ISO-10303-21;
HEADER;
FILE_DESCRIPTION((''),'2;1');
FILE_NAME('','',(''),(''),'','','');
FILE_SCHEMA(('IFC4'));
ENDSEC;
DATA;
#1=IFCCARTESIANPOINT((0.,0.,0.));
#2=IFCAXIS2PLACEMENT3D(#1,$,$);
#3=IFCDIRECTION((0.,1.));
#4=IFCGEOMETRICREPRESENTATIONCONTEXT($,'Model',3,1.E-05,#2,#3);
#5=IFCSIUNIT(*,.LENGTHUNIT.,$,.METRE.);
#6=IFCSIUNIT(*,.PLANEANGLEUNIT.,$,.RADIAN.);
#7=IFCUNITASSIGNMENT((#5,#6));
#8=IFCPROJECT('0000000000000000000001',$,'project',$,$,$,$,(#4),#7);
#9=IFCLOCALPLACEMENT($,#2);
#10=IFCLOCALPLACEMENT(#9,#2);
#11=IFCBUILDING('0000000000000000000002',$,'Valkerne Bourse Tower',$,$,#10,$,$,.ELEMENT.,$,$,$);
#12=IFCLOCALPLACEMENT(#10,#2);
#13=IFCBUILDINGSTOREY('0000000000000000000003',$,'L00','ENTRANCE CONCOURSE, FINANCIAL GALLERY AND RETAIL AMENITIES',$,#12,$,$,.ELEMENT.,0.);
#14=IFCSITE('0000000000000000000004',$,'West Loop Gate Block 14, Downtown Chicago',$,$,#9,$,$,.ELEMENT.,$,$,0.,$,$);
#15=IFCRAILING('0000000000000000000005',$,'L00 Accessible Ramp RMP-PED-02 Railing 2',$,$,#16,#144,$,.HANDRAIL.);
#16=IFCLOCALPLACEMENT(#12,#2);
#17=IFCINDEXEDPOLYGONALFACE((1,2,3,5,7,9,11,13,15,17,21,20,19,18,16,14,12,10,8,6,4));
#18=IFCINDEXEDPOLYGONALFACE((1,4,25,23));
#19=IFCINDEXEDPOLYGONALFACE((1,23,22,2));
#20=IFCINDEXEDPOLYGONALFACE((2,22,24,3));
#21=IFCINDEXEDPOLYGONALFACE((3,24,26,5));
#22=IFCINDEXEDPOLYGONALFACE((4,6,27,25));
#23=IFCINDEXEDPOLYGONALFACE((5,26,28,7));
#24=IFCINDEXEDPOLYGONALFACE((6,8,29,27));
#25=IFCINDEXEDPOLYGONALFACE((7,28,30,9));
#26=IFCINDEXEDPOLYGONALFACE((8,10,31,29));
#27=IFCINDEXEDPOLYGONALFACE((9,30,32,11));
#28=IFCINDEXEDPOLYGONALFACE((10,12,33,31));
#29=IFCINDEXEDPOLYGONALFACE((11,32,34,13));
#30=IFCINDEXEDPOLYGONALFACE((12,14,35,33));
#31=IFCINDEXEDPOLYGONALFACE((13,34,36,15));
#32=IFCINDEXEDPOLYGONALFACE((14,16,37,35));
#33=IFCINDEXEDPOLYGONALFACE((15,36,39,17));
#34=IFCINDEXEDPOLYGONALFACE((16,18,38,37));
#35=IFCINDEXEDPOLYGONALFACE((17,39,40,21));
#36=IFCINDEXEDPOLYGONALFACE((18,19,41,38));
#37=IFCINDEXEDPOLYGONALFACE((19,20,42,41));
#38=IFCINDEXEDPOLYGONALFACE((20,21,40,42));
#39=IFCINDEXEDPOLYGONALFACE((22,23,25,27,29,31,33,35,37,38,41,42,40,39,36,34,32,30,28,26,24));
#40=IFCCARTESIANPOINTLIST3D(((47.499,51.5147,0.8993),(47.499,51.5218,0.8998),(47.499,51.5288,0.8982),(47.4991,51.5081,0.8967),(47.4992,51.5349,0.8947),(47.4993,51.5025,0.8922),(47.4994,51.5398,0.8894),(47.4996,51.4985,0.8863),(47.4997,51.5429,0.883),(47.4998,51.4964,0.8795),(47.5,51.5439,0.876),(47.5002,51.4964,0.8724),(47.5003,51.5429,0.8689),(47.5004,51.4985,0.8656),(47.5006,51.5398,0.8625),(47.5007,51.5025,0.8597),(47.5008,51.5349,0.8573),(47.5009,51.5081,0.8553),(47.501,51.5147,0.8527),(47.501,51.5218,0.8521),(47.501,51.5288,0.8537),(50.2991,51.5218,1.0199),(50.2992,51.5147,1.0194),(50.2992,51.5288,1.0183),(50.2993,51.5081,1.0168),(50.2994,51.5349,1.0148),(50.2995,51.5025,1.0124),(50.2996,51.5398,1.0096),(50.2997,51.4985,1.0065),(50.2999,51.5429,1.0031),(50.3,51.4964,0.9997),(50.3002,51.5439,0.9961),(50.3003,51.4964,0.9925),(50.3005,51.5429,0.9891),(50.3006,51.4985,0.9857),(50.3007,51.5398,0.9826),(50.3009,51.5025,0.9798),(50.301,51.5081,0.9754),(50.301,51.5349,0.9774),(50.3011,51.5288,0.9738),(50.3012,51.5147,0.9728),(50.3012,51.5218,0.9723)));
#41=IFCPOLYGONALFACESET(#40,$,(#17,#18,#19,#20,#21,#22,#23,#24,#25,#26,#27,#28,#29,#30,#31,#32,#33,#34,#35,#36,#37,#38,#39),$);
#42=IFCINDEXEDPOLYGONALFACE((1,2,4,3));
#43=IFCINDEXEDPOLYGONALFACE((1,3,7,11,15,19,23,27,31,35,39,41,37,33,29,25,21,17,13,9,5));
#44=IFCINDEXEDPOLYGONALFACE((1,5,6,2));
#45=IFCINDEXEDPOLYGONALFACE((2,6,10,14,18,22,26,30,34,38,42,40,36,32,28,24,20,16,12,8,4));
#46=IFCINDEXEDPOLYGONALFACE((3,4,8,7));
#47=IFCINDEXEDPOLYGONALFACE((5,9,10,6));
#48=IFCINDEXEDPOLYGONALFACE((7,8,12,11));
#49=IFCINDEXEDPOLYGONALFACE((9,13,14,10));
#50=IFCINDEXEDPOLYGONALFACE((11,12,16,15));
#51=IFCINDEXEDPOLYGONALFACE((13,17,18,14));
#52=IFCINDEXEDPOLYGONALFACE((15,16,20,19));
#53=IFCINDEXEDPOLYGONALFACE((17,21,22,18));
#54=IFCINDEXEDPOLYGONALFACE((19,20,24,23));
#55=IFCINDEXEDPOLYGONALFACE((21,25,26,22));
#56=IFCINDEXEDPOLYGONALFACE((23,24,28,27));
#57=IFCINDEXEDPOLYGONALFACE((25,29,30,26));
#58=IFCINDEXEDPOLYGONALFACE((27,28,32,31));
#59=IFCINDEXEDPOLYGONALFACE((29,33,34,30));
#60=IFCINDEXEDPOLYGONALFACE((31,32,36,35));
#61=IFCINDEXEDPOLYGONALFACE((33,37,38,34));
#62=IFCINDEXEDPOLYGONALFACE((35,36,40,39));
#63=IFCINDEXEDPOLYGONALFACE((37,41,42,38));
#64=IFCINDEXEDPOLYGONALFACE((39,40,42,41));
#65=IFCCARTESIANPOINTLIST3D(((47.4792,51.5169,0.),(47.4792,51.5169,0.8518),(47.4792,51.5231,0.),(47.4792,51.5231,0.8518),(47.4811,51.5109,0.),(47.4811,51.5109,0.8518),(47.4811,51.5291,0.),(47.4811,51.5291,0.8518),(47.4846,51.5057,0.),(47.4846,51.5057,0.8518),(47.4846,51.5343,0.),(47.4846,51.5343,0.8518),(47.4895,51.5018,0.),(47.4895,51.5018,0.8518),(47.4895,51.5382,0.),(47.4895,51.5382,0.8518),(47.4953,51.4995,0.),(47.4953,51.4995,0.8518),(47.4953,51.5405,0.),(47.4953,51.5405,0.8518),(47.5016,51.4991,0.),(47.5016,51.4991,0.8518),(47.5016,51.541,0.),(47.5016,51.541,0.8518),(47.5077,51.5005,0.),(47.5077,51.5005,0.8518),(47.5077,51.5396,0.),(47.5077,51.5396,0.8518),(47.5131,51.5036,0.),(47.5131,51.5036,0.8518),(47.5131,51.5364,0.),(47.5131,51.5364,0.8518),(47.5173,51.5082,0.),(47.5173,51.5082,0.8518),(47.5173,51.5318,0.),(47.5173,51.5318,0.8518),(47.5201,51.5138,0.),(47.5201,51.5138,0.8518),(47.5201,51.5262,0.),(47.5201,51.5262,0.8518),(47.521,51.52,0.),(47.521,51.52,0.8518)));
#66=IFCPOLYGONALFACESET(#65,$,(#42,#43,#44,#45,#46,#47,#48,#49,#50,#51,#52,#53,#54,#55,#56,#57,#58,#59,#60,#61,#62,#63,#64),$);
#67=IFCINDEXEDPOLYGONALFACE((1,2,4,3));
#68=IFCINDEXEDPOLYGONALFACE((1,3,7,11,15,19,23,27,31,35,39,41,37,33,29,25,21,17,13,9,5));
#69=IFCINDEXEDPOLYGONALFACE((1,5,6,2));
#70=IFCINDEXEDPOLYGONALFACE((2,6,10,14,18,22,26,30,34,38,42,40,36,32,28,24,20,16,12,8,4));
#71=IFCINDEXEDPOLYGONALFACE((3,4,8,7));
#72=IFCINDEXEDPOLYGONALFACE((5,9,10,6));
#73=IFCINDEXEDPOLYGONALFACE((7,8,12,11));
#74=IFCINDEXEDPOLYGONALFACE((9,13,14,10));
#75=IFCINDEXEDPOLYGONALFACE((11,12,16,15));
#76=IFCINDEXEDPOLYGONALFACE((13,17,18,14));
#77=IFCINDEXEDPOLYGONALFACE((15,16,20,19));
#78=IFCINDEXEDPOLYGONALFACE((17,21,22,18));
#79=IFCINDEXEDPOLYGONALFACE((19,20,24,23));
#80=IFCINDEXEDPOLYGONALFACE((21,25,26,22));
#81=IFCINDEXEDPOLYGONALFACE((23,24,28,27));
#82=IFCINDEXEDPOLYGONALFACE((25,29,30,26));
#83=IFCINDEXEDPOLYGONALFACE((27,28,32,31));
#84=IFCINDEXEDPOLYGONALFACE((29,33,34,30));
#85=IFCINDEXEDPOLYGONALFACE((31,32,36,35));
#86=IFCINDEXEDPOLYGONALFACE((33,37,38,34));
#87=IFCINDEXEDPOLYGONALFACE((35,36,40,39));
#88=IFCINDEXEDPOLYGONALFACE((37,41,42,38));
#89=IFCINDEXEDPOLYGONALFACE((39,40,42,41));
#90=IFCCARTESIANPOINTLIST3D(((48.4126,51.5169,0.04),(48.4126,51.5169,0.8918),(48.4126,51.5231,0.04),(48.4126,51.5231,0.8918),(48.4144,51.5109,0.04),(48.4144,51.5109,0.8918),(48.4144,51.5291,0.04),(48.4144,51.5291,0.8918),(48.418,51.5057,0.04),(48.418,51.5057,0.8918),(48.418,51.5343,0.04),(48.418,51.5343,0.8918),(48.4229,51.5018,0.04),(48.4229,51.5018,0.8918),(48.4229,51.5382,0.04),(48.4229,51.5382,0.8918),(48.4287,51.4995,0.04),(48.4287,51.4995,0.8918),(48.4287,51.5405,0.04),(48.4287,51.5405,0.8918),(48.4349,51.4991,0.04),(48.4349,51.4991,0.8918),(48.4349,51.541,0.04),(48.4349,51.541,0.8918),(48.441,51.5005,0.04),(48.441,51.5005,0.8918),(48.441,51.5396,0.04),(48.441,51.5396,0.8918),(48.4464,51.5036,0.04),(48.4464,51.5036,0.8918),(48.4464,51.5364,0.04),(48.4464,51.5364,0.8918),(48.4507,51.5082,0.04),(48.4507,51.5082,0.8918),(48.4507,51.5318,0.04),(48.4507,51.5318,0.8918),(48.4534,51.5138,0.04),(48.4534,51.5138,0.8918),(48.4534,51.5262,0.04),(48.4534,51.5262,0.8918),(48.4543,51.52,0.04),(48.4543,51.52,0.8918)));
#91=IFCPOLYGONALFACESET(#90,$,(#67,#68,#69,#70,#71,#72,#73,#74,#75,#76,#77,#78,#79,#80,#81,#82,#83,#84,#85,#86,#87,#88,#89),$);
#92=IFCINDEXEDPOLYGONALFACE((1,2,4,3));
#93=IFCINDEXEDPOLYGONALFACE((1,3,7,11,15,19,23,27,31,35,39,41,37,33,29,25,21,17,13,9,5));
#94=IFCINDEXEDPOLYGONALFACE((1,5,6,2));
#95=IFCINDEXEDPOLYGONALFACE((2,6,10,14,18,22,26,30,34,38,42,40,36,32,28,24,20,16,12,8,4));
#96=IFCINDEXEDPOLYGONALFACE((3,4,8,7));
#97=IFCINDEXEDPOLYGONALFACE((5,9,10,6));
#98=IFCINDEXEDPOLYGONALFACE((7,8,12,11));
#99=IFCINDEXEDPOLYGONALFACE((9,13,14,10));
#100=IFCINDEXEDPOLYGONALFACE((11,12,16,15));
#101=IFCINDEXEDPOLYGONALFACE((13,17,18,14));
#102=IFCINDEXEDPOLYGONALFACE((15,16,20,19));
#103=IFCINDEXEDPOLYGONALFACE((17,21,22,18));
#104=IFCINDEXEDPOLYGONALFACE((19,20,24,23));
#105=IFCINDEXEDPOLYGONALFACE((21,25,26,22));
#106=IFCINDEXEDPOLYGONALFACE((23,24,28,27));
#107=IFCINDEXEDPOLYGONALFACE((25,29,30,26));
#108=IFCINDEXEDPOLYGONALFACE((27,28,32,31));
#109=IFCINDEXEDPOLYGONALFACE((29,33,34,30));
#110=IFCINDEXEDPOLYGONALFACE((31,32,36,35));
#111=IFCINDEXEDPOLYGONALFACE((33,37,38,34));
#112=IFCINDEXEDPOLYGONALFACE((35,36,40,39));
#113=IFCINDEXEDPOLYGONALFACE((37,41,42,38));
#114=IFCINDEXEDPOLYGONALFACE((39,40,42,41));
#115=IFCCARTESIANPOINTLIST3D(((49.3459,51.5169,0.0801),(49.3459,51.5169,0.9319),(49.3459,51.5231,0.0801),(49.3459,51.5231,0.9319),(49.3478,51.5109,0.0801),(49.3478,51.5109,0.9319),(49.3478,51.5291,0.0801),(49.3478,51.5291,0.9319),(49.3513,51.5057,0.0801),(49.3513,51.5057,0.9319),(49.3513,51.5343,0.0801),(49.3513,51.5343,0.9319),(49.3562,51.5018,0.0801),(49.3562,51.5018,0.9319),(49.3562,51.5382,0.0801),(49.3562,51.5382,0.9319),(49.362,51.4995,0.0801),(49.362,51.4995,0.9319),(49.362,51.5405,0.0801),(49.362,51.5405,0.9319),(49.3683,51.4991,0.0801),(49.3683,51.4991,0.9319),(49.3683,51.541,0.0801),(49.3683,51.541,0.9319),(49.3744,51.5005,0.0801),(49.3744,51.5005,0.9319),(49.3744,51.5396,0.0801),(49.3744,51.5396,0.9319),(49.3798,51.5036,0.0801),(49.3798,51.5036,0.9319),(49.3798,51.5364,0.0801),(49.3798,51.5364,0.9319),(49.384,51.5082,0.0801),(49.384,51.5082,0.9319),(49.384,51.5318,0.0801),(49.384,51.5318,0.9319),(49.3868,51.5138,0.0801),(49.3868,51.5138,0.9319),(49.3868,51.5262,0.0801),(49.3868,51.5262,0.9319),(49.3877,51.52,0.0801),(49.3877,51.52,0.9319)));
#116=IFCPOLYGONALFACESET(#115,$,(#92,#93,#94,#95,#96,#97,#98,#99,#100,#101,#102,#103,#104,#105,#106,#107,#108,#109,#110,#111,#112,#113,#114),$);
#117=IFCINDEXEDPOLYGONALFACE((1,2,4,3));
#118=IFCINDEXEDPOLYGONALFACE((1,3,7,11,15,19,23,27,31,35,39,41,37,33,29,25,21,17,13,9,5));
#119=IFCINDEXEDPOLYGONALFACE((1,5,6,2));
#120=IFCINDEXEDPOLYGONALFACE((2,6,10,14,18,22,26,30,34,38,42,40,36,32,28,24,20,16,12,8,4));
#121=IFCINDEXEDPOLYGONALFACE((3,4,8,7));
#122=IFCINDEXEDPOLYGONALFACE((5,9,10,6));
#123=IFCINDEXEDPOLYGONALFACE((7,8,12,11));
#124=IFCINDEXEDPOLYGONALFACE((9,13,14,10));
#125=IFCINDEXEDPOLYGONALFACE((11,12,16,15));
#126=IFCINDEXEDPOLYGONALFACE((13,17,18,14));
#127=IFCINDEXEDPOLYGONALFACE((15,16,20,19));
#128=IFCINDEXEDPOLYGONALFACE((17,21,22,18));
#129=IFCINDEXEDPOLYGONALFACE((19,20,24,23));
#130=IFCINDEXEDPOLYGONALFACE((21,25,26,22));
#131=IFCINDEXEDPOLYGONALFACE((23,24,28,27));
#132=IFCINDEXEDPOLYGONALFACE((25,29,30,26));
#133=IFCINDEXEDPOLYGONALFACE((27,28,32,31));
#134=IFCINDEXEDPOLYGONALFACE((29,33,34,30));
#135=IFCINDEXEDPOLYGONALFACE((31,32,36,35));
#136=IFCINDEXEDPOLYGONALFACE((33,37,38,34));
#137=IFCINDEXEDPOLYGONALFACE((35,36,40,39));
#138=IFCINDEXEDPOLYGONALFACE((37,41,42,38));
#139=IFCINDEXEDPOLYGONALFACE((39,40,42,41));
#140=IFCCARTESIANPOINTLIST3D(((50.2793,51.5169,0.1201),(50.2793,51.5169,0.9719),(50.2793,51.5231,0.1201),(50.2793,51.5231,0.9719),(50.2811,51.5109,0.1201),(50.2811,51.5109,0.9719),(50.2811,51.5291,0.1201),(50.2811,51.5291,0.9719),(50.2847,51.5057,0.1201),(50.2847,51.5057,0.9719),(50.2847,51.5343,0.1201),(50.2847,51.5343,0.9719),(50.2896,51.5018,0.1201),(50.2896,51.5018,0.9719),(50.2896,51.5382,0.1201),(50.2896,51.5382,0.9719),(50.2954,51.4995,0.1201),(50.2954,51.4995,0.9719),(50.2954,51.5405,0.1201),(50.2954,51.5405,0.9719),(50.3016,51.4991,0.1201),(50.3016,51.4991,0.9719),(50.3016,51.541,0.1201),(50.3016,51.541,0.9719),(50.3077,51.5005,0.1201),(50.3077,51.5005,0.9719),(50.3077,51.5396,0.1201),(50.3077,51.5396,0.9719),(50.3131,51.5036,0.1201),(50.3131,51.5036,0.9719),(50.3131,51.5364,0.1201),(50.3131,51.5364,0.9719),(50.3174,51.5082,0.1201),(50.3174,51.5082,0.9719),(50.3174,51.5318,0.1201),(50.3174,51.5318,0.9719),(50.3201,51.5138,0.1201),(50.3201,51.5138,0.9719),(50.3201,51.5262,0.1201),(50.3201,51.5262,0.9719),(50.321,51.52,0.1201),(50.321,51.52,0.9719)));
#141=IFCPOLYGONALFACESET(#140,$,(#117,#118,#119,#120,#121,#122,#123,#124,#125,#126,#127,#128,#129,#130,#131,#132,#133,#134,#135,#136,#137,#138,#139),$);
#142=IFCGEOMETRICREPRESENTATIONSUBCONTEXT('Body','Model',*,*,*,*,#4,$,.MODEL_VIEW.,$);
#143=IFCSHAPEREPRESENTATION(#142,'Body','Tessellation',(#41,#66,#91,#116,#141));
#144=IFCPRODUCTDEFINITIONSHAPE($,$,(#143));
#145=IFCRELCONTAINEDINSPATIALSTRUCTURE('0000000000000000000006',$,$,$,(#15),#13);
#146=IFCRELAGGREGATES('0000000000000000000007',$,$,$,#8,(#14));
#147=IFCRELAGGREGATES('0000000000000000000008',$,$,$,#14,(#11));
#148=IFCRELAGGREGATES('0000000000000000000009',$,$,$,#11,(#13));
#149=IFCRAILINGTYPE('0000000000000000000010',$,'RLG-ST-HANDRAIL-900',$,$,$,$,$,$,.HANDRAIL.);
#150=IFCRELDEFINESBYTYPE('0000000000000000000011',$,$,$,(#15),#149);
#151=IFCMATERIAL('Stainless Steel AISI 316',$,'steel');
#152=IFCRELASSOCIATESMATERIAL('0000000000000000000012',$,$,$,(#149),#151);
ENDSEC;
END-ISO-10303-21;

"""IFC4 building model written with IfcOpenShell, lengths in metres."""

from ifc_helpers import new_model, si_unit, direction, frame, origin, origin_2d, place, context, subcontext, project, spatial, circle, extrude, material, type_object, element, save


model = new_model("IFC4")

# Units and contexts
model_context = context("Model", 3, precision=1e-05, world=origin(), true_north=direction((0.0, 1.0)))
body_context = subcontext(model_context, "Body", "Model", "MODEL_VIEW")
ifc_project = project(units=[si_unit("LENGTHUNIT", "METRE"), si_unit("PLANEANGLEUNIT", "RADIAN")], contexts=[model_context])

# Site, building, storey
site_placement = place(None, origin())
site = spatial("IfcSite", under=ifc_project, at=site_placement, Name="West Loop Gate Block 14, Downtown Chicago", CompositionType="ELEMENT", RefElevation=0.0)
building_placement = place(site_placement, origin())
building = spatial("IfcBuilding", under=site, at=building_placement, Name="Valkerne Bourse Tower", CompositionType="ELEMENT")
storey_placement = place(building_placement, origin())
storey = spatial("IfcBuildingStorey", under=building, at=storey_placement, Name="L00", Description="ENTRANCE CONCOURSE, FINANCIAL GALLERY AND RETAIL AMENITIES", CompositionType="ELEMENT", Elevation=0.0)

# Railing
ifc_material_1 = material(Name="Stainless Steel AISI 316", Category="steel")
railing_type_1 = type_object("IfcRailingType", Name="RLG-ST-HANDRAIL-900", PredefinedType="HANDRAIL", material=ifc_material_1)
for number, where, name in (
    (1, (47.5, 51.52, 0.0), "L00 Accessible Ramp RMP-PED-02 Railing 2"),
):
    element("IfcRailing", number, at=place(storey_placement, frame(where)), inside=storey, type_object=railing_type_1, Name=name, PredefinedType="HANDRAIL", context=body_context, shape_type="SweptSolid", body=[
        extrude(circle(Radius=0.0239, at=origin_2d()), frame((0.0, 0.0, 0.876), z_axis=(0.999081, 0.0, 0.042859), x_axis=(0.0, 1.0, 0.0)), (0.0, 0.0, 1.0), 2.8027),
        extrude(circle(Radius=0.021, at=origin_2d()), origin(), (0.0, 0.0, 1.0), 0.8518),
        extrude(circle(Radius=0.021, at=origin_2d()), frame((0.9333, 0.0, 0.04)), (0.0, 0.0, 1.0), 0.8518),
        extrude(circle(Radius=0.021, at=origin_2d()), frame((1.8667, 0.0, 0.0801)), (0.0, 0.0, 1.0), 0.8518),
        extrude(circle(Radius=0.021, at=origin_2d()), frame((2.8, 0.0, 0.1201)), (0.0, 0.0, 1.0), 0.8518),
    ])

save(model, "model.ifc")
